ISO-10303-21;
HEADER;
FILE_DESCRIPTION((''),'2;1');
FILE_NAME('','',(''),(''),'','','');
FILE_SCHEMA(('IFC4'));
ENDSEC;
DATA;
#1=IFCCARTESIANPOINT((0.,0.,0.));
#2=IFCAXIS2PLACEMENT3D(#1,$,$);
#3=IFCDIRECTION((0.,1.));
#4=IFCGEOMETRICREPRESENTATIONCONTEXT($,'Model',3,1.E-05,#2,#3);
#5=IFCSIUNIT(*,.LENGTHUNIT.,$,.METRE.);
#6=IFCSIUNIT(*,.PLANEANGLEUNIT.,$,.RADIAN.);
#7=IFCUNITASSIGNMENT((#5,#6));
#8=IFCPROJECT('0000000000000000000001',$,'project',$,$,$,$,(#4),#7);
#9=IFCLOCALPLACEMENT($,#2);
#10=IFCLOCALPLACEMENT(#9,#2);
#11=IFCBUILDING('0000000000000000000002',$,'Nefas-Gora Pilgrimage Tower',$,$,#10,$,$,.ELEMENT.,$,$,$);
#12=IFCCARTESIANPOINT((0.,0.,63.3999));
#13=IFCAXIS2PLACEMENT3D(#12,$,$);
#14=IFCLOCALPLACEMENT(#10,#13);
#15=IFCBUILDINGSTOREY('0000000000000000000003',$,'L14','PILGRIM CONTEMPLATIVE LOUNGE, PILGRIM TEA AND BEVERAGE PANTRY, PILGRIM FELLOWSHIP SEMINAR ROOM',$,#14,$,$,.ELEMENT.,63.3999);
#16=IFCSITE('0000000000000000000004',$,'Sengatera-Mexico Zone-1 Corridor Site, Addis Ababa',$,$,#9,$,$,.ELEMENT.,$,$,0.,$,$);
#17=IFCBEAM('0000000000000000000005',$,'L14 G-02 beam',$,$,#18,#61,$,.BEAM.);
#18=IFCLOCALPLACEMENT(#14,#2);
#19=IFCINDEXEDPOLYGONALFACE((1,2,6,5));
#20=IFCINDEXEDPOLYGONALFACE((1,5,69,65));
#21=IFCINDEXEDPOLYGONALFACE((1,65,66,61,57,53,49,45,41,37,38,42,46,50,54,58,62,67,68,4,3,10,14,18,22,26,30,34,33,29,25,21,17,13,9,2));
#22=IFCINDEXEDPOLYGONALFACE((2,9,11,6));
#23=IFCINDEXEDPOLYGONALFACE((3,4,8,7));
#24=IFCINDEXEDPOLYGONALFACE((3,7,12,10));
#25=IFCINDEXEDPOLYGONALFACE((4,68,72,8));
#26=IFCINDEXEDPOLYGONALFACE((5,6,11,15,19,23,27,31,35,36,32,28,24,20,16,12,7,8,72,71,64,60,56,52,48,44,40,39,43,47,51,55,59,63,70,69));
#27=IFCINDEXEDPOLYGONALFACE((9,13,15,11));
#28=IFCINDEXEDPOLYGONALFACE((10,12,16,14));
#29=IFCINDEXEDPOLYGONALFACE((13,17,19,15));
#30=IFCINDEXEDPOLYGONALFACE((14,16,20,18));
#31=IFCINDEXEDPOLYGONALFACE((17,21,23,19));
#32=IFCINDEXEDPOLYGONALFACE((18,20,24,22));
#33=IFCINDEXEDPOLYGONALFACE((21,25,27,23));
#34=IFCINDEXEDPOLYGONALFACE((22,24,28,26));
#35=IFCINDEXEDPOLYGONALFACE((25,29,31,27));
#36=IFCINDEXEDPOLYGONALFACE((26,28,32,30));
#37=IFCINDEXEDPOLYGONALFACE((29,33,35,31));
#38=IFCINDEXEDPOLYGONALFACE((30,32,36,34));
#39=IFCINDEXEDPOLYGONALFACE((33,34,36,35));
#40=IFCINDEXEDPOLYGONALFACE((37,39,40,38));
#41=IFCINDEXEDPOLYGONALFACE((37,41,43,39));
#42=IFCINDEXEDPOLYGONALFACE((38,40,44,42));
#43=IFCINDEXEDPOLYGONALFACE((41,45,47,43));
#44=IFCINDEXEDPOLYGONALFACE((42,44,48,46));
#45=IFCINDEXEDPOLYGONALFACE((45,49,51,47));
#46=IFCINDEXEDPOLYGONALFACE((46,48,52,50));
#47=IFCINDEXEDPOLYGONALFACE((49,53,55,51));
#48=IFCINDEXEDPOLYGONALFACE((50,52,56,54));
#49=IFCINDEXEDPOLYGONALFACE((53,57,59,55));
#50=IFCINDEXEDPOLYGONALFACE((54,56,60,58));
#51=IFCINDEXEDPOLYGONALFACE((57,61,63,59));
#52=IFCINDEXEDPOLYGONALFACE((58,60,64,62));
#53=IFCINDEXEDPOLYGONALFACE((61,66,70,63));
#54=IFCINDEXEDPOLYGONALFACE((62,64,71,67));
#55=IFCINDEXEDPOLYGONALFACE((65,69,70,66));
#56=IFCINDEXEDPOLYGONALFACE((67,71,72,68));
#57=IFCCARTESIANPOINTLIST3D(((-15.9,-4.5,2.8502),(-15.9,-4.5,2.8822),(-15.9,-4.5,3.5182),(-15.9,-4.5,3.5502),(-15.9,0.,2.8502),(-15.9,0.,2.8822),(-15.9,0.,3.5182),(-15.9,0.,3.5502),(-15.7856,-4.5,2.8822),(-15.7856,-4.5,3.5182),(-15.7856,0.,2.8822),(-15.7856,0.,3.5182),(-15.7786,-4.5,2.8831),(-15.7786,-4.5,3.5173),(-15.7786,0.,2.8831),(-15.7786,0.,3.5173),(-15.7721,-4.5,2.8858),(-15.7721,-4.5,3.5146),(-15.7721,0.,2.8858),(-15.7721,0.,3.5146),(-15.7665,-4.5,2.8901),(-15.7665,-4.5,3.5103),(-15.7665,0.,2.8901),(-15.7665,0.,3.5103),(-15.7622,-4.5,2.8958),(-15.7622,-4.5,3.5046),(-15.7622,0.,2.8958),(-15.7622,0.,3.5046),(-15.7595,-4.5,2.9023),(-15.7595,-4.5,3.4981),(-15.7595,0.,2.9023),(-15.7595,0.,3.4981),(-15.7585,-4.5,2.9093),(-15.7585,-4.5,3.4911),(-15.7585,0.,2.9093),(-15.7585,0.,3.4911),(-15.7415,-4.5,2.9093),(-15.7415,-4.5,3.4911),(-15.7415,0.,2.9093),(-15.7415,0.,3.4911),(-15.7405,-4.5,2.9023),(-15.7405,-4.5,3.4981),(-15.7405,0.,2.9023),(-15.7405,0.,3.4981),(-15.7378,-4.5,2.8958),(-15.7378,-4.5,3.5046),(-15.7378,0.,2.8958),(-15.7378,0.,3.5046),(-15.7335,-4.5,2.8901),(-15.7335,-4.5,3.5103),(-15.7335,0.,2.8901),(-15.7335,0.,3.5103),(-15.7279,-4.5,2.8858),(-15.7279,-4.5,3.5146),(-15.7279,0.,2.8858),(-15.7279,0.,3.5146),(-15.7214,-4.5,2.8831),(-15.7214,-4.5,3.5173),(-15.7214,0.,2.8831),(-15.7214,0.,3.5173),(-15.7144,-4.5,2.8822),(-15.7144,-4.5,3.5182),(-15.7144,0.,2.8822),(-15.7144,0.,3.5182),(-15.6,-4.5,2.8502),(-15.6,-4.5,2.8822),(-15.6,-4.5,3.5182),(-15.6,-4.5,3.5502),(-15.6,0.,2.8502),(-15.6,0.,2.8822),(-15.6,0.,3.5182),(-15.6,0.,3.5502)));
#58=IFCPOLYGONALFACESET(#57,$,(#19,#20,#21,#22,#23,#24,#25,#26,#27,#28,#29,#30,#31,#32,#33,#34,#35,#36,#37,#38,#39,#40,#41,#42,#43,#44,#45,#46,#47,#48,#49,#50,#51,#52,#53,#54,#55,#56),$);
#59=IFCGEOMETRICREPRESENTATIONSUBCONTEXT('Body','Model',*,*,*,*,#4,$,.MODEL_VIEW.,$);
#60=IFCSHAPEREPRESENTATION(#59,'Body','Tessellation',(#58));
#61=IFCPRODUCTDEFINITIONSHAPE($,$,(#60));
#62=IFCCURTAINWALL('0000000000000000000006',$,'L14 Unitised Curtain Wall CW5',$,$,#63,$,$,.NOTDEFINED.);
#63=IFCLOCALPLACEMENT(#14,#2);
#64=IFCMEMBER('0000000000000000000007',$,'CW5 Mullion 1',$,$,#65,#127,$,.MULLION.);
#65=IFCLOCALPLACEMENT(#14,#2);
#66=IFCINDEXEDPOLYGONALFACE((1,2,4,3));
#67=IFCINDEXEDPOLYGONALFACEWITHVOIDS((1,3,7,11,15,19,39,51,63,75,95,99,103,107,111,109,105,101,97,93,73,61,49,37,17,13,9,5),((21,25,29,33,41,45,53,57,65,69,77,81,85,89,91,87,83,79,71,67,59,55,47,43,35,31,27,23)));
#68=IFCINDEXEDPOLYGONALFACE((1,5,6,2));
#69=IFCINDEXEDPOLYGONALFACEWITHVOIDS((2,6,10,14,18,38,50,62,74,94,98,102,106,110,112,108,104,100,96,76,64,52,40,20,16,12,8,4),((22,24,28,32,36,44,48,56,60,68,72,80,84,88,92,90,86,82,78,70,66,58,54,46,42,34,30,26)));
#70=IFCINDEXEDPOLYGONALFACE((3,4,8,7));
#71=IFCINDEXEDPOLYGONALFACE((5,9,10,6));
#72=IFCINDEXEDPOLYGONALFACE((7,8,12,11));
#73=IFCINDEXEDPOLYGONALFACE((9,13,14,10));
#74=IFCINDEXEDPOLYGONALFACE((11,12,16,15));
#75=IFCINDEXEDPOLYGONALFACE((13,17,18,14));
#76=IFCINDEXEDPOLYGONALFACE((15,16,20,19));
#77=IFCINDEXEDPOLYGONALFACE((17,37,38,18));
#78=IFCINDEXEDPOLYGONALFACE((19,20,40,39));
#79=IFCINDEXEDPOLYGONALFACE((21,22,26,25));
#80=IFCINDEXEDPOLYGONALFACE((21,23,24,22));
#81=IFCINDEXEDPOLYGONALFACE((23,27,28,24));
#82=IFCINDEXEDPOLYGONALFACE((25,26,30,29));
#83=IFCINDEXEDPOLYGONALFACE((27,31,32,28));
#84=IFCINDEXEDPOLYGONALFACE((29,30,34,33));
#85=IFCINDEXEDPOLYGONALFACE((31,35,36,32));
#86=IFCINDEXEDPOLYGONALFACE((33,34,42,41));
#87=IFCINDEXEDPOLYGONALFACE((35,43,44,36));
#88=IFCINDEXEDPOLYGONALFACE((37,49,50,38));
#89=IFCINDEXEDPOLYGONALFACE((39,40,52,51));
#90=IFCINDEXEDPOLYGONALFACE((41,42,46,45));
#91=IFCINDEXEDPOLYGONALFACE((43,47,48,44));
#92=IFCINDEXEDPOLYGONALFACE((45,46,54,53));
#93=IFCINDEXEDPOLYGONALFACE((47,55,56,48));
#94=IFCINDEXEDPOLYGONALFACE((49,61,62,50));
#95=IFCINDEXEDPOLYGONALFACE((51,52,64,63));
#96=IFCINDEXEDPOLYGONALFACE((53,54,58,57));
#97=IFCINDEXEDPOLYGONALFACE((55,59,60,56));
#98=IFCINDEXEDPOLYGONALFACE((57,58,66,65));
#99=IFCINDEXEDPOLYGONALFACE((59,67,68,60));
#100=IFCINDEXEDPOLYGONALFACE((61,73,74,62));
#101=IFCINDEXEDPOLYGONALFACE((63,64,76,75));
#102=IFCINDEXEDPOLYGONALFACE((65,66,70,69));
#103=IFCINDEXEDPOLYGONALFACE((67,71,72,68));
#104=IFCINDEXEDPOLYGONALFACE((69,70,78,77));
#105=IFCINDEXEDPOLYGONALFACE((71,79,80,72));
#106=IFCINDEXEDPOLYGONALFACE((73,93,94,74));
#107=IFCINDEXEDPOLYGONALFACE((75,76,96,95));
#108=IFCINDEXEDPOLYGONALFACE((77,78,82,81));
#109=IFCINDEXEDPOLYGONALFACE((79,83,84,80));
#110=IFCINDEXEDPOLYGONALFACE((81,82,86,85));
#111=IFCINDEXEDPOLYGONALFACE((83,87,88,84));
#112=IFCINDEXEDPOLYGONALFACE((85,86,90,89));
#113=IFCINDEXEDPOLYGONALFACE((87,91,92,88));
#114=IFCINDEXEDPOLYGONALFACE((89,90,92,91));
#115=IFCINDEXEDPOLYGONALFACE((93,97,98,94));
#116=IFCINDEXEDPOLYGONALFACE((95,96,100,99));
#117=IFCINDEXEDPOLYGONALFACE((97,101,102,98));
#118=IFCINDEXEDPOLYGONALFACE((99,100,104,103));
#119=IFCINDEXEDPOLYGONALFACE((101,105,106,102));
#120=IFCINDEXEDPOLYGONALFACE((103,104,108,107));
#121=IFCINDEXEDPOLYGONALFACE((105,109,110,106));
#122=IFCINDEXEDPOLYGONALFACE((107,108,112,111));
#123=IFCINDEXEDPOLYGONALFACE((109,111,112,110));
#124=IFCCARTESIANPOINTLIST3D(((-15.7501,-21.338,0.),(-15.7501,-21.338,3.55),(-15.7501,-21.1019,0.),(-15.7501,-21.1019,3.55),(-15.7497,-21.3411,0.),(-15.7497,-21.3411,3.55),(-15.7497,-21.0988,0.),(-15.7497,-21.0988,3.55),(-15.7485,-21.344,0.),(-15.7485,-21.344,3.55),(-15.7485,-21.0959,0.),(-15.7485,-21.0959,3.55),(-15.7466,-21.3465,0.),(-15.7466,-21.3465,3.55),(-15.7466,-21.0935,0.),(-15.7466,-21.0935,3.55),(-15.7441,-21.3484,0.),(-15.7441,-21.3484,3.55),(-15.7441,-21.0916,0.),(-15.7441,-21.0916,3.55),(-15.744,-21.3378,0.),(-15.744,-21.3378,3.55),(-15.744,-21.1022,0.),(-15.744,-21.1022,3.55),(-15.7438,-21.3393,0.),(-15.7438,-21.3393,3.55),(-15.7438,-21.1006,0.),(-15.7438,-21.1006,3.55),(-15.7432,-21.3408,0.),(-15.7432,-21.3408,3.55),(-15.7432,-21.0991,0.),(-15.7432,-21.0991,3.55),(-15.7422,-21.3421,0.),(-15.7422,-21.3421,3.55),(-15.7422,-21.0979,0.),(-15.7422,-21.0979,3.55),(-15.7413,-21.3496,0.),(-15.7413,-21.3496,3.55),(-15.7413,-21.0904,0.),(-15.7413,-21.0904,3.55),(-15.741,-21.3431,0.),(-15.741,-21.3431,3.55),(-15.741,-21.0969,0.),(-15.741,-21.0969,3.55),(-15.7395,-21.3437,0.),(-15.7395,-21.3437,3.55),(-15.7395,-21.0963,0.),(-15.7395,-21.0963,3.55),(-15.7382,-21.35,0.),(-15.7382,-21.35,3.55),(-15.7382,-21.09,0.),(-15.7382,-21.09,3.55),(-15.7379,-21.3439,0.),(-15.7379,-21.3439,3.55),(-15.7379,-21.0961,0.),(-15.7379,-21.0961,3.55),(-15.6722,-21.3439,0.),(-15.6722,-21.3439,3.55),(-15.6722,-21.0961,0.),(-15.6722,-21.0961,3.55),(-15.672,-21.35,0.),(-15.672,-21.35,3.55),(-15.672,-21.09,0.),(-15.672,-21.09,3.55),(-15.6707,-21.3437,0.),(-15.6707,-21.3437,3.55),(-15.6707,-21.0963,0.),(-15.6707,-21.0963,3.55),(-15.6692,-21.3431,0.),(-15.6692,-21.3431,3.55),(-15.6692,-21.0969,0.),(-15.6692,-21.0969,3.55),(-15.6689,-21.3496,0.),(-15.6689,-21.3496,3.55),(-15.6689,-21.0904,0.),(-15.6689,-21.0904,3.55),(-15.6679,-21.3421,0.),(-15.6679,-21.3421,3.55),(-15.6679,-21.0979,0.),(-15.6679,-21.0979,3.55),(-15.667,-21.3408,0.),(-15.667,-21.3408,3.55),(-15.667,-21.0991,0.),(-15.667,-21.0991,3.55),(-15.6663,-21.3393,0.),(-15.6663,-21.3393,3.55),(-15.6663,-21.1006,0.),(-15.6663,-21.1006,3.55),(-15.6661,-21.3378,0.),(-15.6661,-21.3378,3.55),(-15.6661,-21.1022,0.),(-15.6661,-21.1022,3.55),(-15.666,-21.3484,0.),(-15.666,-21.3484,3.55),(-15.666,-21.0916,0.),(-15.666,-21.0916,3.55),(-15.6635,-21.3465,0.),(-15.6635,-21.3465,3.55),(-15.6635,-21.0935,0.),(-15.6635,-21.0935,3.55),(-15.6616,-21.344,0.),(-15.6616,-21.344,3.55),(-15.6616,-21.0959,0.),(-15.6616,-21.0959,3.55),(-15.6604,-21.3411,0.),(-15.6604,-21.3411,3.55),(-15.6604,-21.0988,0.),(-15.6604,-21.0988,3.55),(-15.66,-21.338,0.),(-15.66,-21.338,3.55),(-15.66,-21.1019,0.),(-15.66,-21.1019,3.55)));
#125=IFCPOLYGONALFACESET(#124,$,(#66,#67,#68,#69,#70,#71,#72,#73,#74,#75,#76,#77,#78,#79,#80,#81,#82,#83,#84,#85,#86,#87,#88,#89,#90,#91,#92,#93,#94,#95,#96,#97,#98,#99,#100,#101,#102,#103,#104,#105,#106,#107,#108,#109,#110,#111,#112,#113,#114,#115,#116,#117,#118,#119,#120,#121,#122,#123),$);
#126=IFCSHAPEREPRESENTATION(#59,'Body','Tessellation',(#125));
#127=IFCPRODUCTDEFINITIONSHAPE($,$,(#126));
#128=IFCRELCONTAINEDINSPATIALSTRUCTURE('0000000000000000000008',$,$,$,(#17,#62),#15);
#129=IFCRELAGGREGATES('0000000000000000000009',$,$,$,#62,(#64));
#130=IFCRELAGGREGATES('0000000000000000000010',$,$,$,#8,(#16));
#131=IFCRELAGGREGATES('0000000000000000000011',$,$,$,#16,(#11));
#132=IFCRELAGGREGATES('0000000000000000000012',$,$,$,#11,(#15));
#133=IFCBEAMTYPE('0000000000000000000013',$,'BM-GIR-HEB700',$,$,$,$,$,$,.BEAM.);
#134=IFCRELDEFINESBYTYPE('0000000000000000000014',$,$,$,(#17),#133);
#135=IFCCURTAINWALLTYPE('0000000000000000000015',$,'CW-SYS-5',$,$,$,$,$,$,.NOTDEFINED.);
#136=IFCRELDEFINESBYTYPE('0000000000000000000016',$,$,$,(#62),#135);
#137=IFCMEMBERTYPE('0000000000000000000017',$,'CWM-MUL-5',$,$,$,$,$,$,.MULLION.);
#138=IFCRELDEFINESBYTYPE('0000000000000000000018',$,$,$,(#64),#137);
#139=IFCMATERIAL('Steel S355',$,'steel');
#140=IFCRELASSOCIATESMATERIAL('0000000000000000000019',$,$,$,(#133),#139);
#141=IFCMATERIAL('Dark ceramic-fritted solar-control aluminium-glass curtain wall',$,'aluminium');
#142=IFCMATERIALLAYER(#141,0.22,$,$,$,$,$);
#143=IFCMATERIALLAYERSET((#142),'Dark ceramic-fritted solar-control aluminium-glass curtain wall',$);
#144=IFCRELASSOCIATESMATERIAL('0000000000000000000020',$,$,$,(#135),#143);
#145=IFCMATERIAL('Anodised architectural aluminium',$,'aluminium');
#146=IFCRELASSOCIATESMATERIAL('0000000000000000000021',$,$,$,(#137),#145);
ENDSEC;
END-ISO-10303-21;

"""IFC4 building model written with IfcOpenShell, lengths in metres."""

from ifc_helpers import new_model, si_unit, direction, frame, origin, origin_2d, place, context, subcontext, project, spatial, hollow_rectangle, i_section, extrude, source, transform, mapped, material, layer, layer_set, material_profile, profile_set, type_object, element, aggregate, save


model = new_model("IFC4")

# Units and contexts
model_context = context("Model", 3, precision=1e-05, world=origin(), true_north=direction((0.0, 1.0)))
body_context = subcontext(model_context, "Body", "Model", "MODEL_VIEW")
ifc_project = project(units=[si_unit("LENGTHUNIT", "METRE"), si_unit("PLANEANGLEUNIT", "RADIAN")], contexts=[model_context])

# Site, building, storey
site_placement = place(None, origin())
site = spatial("IfcSite", under=ifc_project, at=site_placement, Name="Sengatera-Mexico Zone-1 Corridor Site, Addis Ababa", CompositionType="ELEMENT", RefElevation=0.0)
building_placement = place(site_placement, origin())
building = spatial("IfcBuilding", under=site, at=building_placement, Name="Nefas-Gora Pilgrimage Tower", CompositionType="ELEMENT")
storey_placement = place(building_placement, frame((0.0, 0.0, 63.3999)))
storey = spatial("IfcBuildingStorey", under=building, at=storey_placement, Name="L14", Description="PILGRIM CONTEMPLATIVE LOUNGE, PILGRIM TEA AND BEVERAGE PANTRY, PILGRIM FELLOWSHIP SEMINAR ROOM", CompositionType="ELEMENT", Elevation=63.3999)

# Beam
ifc_material_1 = material(Name="Steel S355", Category="steel")
ifc_material_profile_1 = material_profile(ifc_material_1, i_section(OverallWidth=0.3, OverallDepth=0.7, WebThickness=0.0171, FlangeThickness=0.032, FilletRadius=0.0271, at=origin_2d()), Name="HEB 700")
ifc_profile_set_1 = profile_set([ifc_material_profile_1], Name="Steel S355")
beam_type = type_object("IfcBeamType", Name="BM-GIR-HEB700", PredefinedType="BEAM", material=ifc_profile_set_1)
shared_shape_1 = source(origin(), body_context, "Body", "SweptSolid", [
    extrude(i_section(OverallWidth=0.3, OverallDepth=0.7, WebThickness=0.0171, FlangeThickness=0.032, FilletRadius=0.0271, at=origin_2d()), origin(), (0.0, 0.0, 1.0), 4.5),
])
for number, where, z_axis, x_axis, name in (
    (1, (-15.75, -4.5, 3.2002), (0.0, 1.0, 0.0), (-1.0, 0.0, 0.0), "L14 G-02 beam"),
):
    element("IfcBeam", number, at=place(storey_placement, frame(where, z_axis=z_axis, x_axis=x_axis)), inside=storey, type_object=beam_type, Name=name, PredefinedType="BEAM", context=body_context, shape_type="MappedRepresentation", body=[
        mapped(shared_shape_1, transform((0.0, 0.0, 0.0), x_axis=(1.0, 0.0, 0.0), y_axis=(0.0, 1.0, 0.0), z_axis=(0.0, 0.0, 1.0), scale=1.0)),
    ])

# Curtain wall, member
ifc_material_2 = material(Name="Dark ceramic-fritted solar-control aluminium-glass curtain wall", Category="aluminium")
ifc_layer_1 = layer(ifc_material_2, 0.22)
ifc_layer_set_1 = layer_set([ifc_layer_1], Name="Dark ceramic-fritted solar-control aluminium-glass curtain wall")
curtain_wall_type_1 = type_object("IfcCurtainWallType", Name="CW-SYS-5", PredefinedType="NOTDEFINED", material=ifc_layer_set_1)
curtain_wall_1_placement = place(storey_placement, origin())
curtain_wall_1 = element("IfcCurtainWall", 2, at=curtain_wall_1_placement, inside=storey, type_object=curtain_wall_type_1, Name="L14 Unitised Curtain Wall CW5", PredefinedType="NOTDEFINED")
ifc_material_3 = material(Name="Anodised architectural aluminium", Category="aluminium")
ifc_material_profile_2 = material_profile(ifc_material_3, hollow_rectangle(XDim=0.0901, YDim=0.26, WallThickness=0.0061, InnerFilletRadius=0.0061, OuterFilletRadius=0.012, at=origin_2d()), Name="ALU MULLION 90x260")
ifc_profile_set_2 = profile_set([ifc_material_profile_2], Name="Anodised architectural aluminium")
member_type_1 = type_object("IfcMemberType", Name="CWM-MUL-5", PredefinedType="MULLION", material=ifc_profile_set_2)
shared_shape_2 = source(origin(), body_context, "Body", "SweptSolid", [
    extrude(hollow_rectangle(XDim=0.0901, YDim=0.26, WallThickness=0.0061, InnerFilletRadius=0.0061, OuterFilletRadius=0.012, at=origin_2d()), origin(), (0.0, 0.0, 1.0), 3.55),
])
member_1_placement = place(storey_placement, frame((-15.7051, -21.22, 0.0), z_axis=(0.0, 0.0, 1.0), x_axis=(1.0, 0.0, 0.0)))
member_1 = element("IfcMember", 3, at=member_1_placement, type_object=member_type_1, Name="CW5 Mullion 1", PredefinedType="MULLION", context=body_context, shape_type="MappedRepresentation", body=[
    mapped(shared_shape_2, transform((0.0, 0.0, 0.0), x_axis=(1.0, 0.0, 0.0), y_axis=(0.0, 1.0, 0.0), z_axis=(0.0, 0.0, 1.0), scale=1.0)),
])

aggregate(curtain_wall_1, [member_1])

save(model, "model.ifc")
